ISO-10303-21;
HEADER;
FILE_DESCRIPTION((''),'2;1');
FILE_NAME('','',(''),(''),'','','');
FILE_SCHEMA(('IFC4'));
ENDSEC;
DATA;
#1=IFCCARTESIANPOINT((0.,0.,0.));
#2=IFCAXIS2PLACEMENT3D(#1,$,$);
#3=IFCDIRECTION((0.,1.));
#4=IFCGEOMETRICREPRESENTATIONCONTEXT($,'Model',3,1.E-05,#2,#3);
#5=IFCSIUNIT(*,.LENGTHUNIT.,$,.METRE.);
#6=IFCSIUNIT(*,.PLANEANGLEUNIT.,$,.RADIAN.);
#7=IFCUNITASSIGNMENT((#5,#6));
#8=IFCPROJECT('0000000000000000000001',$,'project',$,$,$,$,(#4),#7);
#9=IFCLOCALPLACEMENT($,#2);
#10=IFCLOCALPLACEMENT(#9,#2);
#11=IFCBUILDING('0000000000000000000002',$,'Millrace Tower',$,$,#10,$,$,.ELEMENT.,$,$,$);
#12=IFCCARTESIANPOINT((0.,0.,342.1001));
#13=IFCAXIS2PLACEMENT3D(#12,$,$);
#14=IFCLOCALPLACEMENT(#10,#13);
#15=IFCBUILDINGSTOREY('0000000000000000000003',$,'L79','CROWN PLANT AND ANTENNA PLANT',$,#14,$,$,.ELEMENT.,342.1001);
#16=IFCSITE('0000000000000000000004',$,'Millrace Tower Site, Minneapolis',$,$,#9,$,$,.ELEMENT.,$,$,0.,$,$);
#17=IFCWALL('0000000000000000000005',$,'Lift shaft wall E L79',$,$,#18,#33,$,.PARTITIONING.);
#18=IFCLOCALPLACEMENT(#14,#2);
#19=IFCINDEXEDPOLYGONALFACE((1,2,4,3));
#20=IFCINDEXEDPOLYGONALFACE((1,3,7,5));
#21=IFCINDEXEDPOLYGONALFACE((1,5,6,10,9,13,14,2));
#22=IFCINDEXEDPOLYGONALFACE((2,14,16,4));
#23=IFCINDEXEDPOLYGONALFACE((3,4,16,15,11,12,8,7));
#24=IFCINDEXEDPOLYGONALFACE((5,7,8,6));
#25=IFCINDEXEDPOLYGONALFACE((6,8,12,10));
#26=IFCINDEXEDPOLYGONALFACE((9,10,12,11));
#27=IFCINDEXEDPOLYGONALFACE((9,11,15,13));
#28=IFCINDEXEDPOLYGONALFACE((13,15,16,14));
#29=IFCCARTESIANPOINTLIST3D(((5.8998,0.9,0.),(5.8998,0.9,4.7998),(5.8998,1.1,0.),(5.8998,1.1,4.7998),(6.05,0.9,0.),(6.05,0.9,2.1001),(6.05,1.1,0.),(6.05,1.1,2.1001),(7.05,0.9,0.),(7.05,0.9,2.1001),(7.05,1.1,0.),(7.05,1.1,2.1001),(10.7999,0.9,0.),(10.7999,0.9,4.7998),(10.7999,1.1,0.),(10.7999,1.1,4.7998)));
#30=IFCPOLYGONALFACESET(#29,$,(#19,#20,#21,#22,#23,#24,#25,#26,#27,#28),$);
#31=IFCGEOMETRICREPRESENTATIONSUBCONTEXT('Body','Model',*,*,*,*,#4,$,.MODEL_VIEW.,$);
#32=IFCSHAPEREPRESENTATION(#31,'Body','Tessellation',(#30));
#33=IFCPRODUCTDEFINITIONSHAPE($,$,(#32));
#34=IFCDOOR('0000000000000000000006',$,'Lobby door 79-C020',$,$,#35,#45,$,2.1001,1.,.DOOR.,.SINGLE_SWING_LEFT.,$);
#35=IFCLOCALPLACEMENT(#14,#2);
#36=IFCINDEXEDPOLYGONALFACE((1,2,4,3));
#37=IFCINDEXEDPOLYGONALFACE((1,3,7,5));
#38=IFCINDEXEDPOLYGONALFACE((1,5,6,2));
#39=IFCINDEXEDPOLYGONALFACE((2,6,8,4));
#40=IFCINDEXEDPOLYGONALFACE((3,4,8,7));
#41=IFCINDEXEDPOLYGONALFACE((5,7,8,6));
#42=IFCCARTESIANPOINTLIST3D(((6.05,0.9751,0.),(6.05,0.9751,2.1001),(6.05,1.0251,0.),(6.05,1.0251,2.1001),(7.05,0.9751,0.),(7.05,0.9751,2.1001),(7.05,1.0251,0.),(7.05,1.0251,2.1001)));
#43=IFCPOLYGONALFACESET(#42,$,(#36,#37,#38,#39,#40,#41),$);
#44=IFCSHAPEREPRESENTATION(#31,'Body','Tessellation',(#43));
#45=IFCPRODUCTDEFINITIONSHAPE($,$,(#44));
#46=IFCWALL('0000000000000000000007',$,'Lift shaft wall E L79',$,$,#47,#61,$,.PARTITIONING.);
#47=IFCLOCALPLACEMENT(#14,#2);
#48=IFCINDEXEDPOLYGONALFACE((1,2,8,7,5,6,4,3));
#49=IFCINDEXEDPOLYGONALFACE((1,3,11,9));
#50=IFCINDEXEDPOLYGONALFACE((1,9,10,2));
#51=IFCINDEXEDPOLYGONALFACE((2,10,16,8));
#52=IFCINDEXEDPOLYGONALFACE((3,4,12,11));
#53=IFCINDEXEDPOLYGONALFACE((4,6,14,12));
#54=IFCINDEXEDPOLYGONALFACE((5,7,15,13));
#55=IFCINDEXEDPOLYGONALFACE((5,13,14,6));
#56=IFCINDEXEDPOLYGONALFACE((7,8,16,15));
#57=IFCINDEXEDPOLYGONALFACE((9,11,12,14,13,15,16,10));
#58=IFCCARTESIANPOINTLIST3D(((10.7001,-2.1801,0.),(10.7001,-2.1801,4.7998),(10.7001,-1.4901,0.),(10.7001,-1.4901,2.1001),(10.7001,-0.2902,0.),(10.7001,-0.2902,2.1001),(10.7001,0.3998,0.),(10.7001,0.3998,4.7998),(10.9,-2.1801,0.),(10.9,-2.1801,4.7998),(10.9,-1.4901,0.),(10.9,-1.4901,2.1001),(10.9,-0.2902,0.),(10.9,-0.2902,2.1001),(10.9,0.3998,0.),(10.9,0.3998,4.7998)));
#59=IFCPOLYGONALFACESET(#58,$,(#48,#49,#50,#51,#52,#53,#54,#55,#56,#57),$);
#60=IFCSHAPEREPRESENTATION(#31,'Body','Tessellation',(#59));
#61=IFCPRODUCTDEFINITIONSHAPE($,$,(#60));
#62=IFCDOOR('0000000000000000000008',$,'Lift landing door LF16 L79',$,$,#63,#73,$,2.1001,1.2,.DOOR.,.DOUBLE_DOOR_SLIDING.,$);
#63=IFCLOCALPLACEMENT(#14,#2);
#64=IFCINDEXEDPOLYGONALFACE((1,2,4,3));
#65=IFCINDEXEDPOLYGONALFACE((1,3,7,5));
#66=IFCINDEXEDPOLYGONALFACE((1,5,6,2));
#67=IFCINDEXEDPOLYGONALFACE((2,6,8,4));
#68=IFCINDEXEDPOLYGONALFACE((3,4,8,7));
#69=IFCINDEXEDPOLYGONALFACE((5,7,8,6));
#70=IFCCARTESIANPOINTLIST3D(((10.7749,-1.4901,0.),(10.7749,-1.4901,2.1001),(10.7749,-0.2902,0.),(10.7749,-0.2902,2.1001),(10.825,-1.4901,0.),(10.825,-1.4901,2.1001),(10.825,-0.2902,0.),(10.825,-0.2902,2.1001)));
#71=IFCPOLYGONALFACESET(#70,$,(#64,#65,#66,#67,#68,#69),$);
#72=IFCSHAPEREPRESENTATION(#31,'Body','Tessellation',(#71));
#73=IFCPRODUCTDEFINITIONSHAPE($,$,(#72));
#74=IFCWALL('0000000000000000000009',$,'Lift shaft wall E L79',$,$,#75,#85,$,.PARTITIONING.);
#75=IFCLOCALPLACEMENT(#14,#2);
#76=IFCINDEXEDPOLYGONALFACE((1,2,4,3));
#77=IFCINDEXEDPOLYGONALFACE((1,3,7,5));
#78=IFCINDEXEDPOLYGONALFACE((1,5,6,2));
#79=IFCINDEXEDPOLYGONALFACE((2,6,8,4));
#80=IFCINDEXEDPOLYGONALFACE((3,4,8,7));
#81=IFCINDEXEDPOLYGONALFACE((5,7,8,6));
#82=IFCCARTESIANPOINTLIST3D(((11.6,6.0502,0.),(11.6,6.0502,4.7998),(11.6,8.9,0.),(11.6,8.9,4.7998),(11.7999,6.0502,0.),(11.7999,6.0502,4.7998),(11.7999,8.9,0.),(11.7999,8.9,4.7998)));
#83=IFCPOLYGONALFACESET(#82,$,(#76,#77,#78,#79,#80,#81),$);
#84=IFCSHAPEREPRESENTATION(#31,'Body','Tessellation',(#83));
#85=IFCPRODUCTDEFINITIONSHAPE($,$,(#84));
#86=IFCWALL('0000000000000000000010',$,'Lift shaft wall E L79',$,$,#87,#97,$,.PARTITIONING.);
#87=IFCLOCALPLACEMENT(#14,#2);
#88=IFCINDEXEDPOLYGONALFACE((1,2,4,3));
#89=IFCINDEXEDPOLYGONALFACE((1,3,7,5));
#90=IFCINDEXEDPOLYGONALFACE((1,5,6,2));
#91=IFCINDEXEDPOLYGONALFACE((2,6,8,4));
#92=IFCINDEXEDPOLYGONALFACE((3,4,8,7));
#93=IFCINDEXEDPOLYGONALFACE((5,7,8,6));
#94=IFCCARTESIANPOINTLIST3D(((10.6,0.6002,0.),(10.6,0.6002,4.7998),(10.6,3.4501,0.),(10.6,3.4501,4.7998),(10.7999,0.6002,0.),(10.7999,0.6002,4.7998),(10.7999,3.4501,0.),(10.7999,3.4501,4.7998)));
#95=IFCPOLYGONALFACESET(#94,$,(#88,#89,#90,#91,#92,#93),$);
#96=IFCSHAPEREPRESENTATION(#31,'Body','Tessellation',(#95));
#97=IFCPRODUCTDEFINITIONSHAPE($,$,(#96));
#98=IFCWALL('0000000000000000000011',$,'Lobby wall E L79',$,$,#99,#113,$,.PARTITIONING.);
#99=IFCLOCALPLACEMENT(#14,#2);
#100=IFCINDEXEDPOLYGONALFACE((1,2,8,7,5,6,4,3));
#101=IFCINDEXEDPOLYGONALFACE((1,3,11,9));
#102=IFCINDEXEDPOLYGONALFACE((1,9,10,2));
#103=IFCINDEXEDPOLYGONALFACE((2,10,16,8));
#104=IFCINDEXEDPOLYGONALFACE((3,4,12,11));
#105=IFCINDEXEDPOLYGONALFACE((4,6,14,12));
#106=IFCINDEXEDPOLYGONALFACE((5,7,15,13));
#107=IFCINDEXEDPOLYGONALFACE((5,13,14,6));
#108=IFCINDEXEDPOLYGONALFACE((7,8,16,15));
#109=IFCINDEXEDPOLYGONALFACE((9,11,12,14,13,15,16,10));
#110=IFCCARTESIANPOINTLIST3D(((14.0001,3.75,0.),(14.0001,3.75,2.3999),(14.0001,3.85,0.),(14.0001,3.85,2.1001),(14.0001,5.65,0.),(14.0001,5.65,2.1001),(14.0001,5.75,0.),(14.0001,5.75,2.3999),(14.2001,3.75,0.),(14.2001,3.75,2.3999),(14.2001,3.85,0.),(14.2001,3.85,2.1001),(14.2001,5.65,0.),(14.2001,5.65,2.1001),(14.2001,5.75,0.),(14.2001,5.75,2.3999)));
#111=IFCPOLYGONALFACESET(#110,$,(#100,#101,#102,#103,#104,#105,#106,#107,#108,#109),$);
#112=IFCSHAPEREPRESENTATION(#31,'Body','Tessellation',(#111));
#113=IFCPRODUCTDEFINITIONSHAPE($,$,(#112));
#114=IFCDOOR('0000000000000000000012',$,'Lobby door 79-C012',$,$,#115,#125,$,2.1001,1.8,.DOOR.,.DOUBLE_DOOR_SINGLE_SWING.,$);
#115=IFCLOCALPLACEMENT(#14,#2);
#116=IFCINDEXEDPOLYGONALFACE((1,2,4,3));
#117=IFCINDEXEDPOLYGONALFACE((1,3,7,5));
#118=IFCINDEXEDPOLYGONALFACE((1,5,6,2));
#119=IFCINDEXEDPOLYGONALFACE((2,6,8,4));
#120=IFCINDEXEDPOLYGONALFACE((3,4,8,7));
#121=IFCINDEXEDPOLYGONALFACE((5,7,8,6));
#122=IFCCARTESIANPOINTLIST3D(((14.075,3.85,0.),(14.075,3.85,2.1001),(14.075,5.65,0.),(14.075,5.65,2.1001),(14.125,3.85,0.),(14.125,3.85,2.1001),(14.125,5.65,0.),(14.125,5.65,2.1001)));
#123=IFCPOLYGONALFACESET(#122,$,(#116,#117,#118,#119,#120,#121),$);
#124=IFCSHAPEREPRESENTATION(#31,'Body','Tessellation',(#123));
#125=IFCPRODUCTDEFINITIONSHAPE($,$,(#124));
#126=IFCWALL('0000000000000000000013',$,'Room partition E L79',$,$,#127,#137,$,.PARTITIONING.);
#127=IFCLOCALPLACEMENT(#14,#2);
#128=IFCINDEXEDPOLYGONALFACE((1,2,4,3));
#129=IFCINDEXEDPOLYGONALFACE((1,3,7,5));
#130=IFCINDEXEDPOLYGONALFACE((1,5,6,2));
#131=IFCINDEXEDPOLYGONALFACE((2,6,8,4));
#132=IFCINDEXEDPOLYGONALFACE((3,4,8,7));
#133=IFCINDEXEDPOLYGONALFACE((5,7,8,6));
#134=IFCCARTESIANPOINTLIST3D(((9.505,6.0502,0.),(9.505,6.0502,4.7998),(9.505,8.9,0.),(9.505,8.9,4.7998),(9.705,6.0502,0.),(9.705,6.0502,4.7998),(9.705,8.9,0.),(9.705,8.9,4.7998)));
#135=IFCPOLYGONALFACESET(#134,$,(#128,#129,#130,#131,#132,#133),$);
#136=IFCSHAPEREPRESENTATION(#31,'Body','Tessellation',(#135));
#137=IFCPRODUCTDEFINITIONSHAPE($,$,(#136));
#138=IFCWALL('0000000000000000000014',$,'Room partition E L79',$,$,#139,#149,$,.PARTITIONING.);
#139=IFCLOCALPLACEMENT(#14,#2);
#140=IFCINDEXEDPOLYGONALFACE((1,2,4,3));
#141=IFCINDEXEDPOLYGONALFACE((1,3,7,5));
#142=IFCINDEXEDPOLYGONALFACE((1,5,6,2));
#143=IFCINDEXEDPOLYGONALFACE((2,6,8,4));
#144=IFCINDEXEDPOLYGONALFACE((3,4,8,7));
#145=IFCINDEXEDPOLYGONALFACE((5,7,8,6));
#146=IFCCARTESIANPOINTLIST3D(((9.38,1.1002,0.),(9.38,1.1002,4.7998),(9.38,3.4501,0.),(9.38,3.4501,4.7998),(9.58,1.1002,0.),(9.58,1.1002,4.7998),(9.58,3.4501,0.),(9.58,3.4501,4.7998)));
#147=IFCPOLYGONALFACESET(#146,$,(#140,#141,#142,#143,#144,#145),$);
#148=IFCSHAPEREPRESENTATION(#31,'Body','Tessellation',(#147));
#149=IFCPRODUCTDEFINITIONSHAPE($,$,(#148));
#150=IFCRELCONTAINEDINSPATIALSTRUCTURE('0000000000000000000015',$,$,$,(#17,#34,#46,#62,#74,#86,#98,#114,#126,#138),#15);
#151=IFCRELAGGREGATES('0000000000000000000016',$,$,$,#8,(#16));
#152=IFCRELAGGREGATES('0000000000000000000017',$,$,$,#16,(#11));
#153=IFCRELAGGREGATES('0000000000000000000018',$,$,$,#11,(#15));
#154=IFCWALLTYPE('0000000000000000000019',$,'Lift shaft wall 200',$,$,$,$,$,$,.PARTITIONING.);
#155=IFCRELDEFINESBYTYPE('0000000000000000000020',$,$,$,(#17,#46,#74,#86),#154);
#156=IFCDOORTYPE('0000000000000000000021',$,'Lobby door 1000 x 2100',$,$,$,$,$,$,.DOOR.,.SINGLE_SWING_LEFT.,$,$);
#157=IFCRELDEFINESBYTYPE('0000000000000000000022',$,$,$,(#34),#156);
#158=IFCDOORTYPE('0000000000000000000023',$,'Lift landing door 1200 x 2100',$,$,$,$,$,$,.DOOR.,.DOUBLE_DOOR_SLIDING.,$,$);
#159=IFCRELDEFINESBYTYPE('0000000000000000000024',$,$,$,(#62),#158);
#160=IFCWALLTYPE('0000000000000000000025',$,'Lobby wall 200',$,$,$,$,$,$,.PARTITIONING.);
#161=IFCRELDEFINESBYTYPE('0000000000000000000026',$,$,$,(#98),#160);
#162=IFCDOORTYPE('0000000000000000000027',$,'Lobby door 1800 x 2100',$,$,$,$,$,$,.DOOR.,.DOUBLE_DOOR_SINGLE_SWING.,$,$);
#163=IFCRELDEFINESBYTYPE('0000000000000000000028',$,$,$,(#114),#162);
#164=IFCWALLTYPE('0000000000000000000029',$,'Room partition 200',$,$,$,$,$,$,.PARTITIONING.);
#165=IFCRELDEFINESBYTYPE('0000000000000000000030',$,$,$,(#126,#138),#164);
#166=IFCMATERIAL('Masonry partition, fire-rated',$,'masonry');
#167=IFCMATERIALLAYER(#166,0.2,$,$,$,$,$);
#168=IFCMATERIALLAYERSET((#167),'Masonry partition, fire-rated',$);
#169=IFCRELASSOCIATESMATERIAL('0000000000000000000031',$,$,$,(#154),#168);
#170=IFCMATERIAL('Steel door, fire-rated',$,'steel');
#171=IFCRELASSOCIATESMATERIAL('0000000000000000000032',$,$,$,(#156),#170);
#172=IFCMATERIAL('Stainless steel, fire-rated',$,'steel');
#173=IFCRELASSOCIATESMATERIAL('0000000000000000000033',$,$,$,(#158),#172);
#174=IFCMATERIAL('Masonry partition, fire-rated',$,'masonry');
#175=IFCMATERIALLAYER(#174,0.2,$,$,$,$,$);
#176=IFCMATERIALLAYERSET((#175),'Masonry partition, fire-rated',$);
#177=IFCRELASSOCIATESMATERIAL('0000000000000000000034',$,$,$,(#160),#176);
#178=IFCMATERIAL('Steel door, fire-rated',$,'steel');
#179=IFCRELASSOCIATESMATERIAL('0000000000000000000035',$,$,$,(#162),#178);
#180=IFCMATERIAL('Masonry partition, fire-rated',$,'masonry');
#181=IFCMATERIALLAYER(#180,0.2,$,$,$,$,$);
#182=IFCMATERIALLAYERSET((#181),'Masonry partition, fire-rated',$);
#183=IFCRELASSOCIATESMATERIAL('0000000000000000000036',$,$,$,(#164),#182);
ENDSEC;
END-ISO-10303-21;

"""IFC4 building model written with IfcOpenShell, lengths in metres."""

from ifc_helpers import new_model, si_unit, direction, frame, frame_2d, origin, place, context, subcontext, project, spatial, rectangle, extrude, material, layer, layer_set, type_object, element, fill, save


model = new_model("IFC4")

# Units and contexts
model_context = context("Model", 3, precision=1e-05, world=origin(), true_north=direction((0.0, 1.0)))
body_context = subcontext(model_context, "Body", "Model", "MODEL_VIEW")
ifc_project = project(units=[si_unit("LENGTHUNIT", "METRE"), si_unit("PLANEANGLEUNIT", "RADIAN")], contexts=[model_context])

# Site, building, storey
site_placement = place(None, origin())
site = spatial("IfcSite", under=ifc_project, at=site_placement, Name="Millrace Tower Site, Minneapolis", CompositionType="ELEMENT", RefElevation=0.0)
building_placement = place(site_placement, origin())
building = spatial("IfcBuilding", under=site, at=building_placement, Name="Millrace Tower", CompositionType="ELEMENT")
storey_placement = place(building_placement, frame((0.0, 0.0, 342.1001)))
storey = spatial("IfcBuildingStorey", under=building, at=storey_placement, Name="L79", Description="CROWN PLANT AND ANTENNA PLANT", CompositionType="ELEMENT", Elevation=342.1001)

# Shared definitions
ifc_material_1 = material(Name="Masonry partition, fire-rated", Category="masonry")
ifc_layer_1 = layer(ifc_material_1, 0.2)
ifc_layer_set_1 = layer_set([ifc_layer_1], Name="Masonry partition, fire-rated")
wall_type_1 = type_object("IfcWallType", Name="Lift shaft wall 200", PredefinedType="PARTITIONING", material=ifc_layer_set_1)
ifc_material_2 = material(Name="Steel door, fire-rated", Category="steel")
door_type_1 = type_object("IfcDoorType", Name="Lobby door 1000 x 2100", OperationType="SINGLE_SWING_LEFT", PredefinedType="DOOR", material=ifc_material_2)

# Walls, openings, doors
wall_1_placement = place(storey_placement, frame((10.8, 1.0, 0.0), z_axis=(0.0, 0.0, 1.0), x_axis=(-1.0, 0.0, 0.0)))
wall_1 = element("IfcWall", 1, at=wall_1_placement, inside=storey, type_object=wall_type_1, Name="Lift shaft wall E L79", PredefinedType="PARTITIONING", context=body_context, shape_type="SweptSolid", body=[
    extrude(rectangle(XDim=4.9001, YDim=0.2, at=frame_2d((2.4502, 0.0))), origin(), (0.0, 0.0, 1.0), 4.7998),
])
opening_1_placement = place(wall_1_placement, frame((3.75, 0.0, 0.0)))
opening_1 = element("IfcOpeningElement", 2, at=opening_1_placement, cuts=wall_1, PredefinedType="OPENING", context=body_context, shape_type="SweptSolid", body=[
    extrude(rectangle(XDim=1.0, YDim=2.1001, at=frame_2d((0.5, 1.05))), frame((0.0, 0.1099, 0.0), z_axis=(0.0, -1.0, 0.0), x_axis=(1.0, 0.0, 0.0)), (0.0, 0.0, 1.0), 0.22),
])
door_1_placement = place(opening_1_placement, origin())
door_1 = element("IfcDoor", 3, at=door_1_placement, inside=storey, type_object=door_type_1, Name="Lobby door 79-C020", OperationType="SINGLE_SWING_LEFT", OverallHeight=2.1001, OverallWidth=1.0, PredefinedType="DOOR", context=body_context, shape_type="SweptSolid", body=[
    extrude(rectangle(XDim=1.0, YDim=2.1001, at=frame_2d((0.5, 1.05))), frame((0.0, 0.0249, 0.0), z_axis=(0.0, -1.0, 0.0), x_axis=(1.0, 0.0, 0.0)), (0.0, 0.0, 1.0), 0.05),
])
fill(opening_1, door_1)
wall_2_placement = place(storey_placement, frame((10.8, 0.3999, 0.0), z_axis=(0.0, 0.0, 1.0), x_axis=(0.0, -1.0, 0.0)))
wall_2 = element("IfcWall", 4, at=wall_2_placement, inside=storey, type_object=wall_type_1, Name="Lift shaft wall E L79", PredefinedType="PARTITIONING", context=body_context, shape_type="SweptSolid", body=[
    extrude(rectangle(XDim=2.5798, YDim=0.2, at=frame_2d((1.29, 0.0))), origin(), (0.0, 0.0, 1.0), 4.7998),
])
opening_2_placement = place(wall_2_placement, frame((0.6899, 0.0, 0.0)))
opening_2 = element("IfcOpeningElement", 5, at=opening_2_placement, cuts=wall_2, PredefinedType="OPENING", context=body_context, shape_type="SweptSolid", body=[
    extrude(rectangle(XDim=1.2, YDim=2.1001, at=frame_2d((0.6001, 1.05))), frame((0.0, 0.1099, 0.0), z_axis=(0.0, -1.0, 0.0), x_axis=(1.0, 0.0, 0.0)), (0.0, 0.0, 1.0), 0.22),
])
ifc_material_3 = material(Name="Stainless steel, fire-rated", Category="steel")
door_type_2 = type_object("IfcDoorType", Name="Lift landing door 1200 x 2100", OperationType="DOUBLE_DOOR_SLIDING", PredefinedType="DOOR", material=ifc_material_3)
door_2_placement = place(opening_2_placement, origin())
door_2 = element("IfcDoor", 6, at=door_2_placement, inside=storey, type_object=door_type_2, Name="Lift landing door LF16 L79", OperationType="DOUBLE_DOOR_SLIDING", OverallHeight=2.1001, OverallWidth=1.2, PredefinedType="DOOR", context=body_context, shape_type="SweptSolid", body=[
    extrude(rectangle(XDim=1.2, YDim=2.1001, at=frame_2d((0.6001, 1.05))), frame((0.0, 0.0249, 0.0), z_axis=(0.0, -1.0, 0.0), x_axis=(1.0, 0.0, 0.0)), (0.0, 0.0, 1.0), 0.05),
])
fill(opening_2, door_2)

# Walls
for number, where, z_axis, x_axis, name in (
    (7, (11.7, 8.8999, 0.0), (0.0, 0.0, 1.0), (0.0, -1.0, 0.0), "Lift shaft wall E L79"),
    (8, (10.7, 3.45, 0.0), (0.0, 0.0, 1.0), (0.0, -1.0, 0.0), "Lift shaft wall E L79"),
):
    element("IfcWall", number, at=place(storey_placement, frame(where, z_axis=z_axis, x_axis=x_axis)), inside=storey, type_object=wall_type_1, Name=name, PredefinedType="PARTITIONING", context=body_context, shape_type="SweptSolid", body=[
        extrude(rectangle(XDim=2.8499, YDim=0.2, at=frame_2d((1.4248, 0.0))), origin(), (0.0, 0.0, 1.0), 4.7998),
    ])

# Wall, opening, door
ifc_material_4 = material(Name="Masonry partition, fire-rated", Category="masonry")
ifc_layer_2 = layer(ifc_material_4, 0.2)
ifc_layer_set_2 = layer_set([ifc_layer_2], Name="Masonry partition, fire-rated")
wall_type_2 = type_object("IfcWallType", Name="Lobby wall 200", PredefinedType="PARTITIONING", material=ifc_layer_set_2)
wall_3_placement = place(storey_placement, frame((14.1001, 5.75, 0.0), z_axis=(0.0, 0.0, 1.0), x_axis=(0.0, -1.0, 0.0)))
wall_3 = element("IfcWall", 9, at=wall_3_placement, inside=storey, type_object=wall_type_2, Name="Lobby wall E L79", PredefinedType="PARTITIONING", context=body_context, shape_type="SweptSolid", body=[
    extrude(rectangle(XDim=2.0, YDim=0.2, at=frame_2d((1.0, 0.0))), origin(), (0.0, 0.0, 1.0), 2.3999),
])
opening_3_placement = place(wall_3_placement, frame((0.1001, 0.0, 0.0)))
opening_3 = element("IfcOpeningElement", 10, at=opening_3_placement, cuts=wall_3, PredefinedType="OPENING", context=body_context, shape_type="SweptSolid", body=[
    extrude(rectangle(XDim=1.8, YDim=2.1001, at=frame_2d((0.8999, 1.05))), frame((0.0, 0.1099, 0.0), z_axis=(0.0, -1.0, 0.0), x_axis=(1.0, 0.0, 0.0)), (0.0, 0.0, 1.0), 0.22),
])
ifc_material_5 = material(Name="Steel door, fire-rated", Category="steel")
door_type_3 = type_object("IfcDoorType", Name="Lobby door 1800 x 2100", OperationType="DOUBLE_DOOR_SINGLE_SWING", PredefinedType="DOOR", material=ifc_material_5)
door_3_placement = place(opening_3_placement, origin())
door_3 = element("IfcDoor", 11, at=door_3_placement, inside=storey, type_object=door_type_3, Name="Lobby door 79-C012", OperationType="DOUBLE_DOOR_SINGLE_SWING", OverallHeight=2.1001, OverallWidth=1.8, PredefinedType="DOOR", context=body_context, shape_type="SweptSolid", body=[
    extrude(rectangle(XDim=1.8, YDim=2.1001, at=frame_2d((0.8999, 1.05))), frame((0.0, 0.0249, 0.0), z_axis=(0.0, -1.0, 0.0), x_axis=(1.0, 0.0, 0.0)), (0.0, 0.0, 1.0), 0.05),
])
fill(opening_3, door_3)

# Walls
ifc_material_6 = material(Name="Masonry partition, fire-rated", Category="masonry")
ifc_layer_3 = layer(ifc_material_6, 0.2)
ifc_layer_set_3 = layer_set([ifc_layer_3], Name="Masonry partition, fire-rated")
wall_type_3 = type_object("IfcWallType", Name="Room partition 200", PredefinedType="PARTITIONING", material=ifc_layer_set_3)
wall_4_placement = place(storey_placement, frame((9.605, 8.8999, 0.0), z_axis=(0.0, 0.0, 1.0), x_axis=(0.0, -1.0, 0.0)))
element("IfcWall", 12, at=wall_4_placement, inside=storey, type_object=wall_type_3, Name="Room partition E L79", PredefinedType="PARTITIONING", context=body_context, shape_type="SweptSolid", body=[
    extrude(rectangle(XDim=2.8499, YDim=0.2, at=frame_2d((1.4248, 0.0))), origin(), (0.0, 0.0, 1.0), 4.7998),
])
wall_5_placement = place(storey_placement, frame((9.48, 3.45, 0.0), z_axis=(0.0, 0.0, 1.0), x_axis=(0.0, -1.0, 0.0)))
element("IfcWall", 13, at=wall_5_placement, inside=storey, type_object=wall_type_3, Name="Room partition E L79", PredefinedType="PARTITIONING", context=body_context, shape_type="SweptSolid", body=[
    extrude(rectangle(XDim=2.3499, YDim=0.2, at=frame_2d((1.1748, 0.0))), origin(), (0.0, 0.0, 1.0), 4.7998),
])

save(model, "model.ifc")
